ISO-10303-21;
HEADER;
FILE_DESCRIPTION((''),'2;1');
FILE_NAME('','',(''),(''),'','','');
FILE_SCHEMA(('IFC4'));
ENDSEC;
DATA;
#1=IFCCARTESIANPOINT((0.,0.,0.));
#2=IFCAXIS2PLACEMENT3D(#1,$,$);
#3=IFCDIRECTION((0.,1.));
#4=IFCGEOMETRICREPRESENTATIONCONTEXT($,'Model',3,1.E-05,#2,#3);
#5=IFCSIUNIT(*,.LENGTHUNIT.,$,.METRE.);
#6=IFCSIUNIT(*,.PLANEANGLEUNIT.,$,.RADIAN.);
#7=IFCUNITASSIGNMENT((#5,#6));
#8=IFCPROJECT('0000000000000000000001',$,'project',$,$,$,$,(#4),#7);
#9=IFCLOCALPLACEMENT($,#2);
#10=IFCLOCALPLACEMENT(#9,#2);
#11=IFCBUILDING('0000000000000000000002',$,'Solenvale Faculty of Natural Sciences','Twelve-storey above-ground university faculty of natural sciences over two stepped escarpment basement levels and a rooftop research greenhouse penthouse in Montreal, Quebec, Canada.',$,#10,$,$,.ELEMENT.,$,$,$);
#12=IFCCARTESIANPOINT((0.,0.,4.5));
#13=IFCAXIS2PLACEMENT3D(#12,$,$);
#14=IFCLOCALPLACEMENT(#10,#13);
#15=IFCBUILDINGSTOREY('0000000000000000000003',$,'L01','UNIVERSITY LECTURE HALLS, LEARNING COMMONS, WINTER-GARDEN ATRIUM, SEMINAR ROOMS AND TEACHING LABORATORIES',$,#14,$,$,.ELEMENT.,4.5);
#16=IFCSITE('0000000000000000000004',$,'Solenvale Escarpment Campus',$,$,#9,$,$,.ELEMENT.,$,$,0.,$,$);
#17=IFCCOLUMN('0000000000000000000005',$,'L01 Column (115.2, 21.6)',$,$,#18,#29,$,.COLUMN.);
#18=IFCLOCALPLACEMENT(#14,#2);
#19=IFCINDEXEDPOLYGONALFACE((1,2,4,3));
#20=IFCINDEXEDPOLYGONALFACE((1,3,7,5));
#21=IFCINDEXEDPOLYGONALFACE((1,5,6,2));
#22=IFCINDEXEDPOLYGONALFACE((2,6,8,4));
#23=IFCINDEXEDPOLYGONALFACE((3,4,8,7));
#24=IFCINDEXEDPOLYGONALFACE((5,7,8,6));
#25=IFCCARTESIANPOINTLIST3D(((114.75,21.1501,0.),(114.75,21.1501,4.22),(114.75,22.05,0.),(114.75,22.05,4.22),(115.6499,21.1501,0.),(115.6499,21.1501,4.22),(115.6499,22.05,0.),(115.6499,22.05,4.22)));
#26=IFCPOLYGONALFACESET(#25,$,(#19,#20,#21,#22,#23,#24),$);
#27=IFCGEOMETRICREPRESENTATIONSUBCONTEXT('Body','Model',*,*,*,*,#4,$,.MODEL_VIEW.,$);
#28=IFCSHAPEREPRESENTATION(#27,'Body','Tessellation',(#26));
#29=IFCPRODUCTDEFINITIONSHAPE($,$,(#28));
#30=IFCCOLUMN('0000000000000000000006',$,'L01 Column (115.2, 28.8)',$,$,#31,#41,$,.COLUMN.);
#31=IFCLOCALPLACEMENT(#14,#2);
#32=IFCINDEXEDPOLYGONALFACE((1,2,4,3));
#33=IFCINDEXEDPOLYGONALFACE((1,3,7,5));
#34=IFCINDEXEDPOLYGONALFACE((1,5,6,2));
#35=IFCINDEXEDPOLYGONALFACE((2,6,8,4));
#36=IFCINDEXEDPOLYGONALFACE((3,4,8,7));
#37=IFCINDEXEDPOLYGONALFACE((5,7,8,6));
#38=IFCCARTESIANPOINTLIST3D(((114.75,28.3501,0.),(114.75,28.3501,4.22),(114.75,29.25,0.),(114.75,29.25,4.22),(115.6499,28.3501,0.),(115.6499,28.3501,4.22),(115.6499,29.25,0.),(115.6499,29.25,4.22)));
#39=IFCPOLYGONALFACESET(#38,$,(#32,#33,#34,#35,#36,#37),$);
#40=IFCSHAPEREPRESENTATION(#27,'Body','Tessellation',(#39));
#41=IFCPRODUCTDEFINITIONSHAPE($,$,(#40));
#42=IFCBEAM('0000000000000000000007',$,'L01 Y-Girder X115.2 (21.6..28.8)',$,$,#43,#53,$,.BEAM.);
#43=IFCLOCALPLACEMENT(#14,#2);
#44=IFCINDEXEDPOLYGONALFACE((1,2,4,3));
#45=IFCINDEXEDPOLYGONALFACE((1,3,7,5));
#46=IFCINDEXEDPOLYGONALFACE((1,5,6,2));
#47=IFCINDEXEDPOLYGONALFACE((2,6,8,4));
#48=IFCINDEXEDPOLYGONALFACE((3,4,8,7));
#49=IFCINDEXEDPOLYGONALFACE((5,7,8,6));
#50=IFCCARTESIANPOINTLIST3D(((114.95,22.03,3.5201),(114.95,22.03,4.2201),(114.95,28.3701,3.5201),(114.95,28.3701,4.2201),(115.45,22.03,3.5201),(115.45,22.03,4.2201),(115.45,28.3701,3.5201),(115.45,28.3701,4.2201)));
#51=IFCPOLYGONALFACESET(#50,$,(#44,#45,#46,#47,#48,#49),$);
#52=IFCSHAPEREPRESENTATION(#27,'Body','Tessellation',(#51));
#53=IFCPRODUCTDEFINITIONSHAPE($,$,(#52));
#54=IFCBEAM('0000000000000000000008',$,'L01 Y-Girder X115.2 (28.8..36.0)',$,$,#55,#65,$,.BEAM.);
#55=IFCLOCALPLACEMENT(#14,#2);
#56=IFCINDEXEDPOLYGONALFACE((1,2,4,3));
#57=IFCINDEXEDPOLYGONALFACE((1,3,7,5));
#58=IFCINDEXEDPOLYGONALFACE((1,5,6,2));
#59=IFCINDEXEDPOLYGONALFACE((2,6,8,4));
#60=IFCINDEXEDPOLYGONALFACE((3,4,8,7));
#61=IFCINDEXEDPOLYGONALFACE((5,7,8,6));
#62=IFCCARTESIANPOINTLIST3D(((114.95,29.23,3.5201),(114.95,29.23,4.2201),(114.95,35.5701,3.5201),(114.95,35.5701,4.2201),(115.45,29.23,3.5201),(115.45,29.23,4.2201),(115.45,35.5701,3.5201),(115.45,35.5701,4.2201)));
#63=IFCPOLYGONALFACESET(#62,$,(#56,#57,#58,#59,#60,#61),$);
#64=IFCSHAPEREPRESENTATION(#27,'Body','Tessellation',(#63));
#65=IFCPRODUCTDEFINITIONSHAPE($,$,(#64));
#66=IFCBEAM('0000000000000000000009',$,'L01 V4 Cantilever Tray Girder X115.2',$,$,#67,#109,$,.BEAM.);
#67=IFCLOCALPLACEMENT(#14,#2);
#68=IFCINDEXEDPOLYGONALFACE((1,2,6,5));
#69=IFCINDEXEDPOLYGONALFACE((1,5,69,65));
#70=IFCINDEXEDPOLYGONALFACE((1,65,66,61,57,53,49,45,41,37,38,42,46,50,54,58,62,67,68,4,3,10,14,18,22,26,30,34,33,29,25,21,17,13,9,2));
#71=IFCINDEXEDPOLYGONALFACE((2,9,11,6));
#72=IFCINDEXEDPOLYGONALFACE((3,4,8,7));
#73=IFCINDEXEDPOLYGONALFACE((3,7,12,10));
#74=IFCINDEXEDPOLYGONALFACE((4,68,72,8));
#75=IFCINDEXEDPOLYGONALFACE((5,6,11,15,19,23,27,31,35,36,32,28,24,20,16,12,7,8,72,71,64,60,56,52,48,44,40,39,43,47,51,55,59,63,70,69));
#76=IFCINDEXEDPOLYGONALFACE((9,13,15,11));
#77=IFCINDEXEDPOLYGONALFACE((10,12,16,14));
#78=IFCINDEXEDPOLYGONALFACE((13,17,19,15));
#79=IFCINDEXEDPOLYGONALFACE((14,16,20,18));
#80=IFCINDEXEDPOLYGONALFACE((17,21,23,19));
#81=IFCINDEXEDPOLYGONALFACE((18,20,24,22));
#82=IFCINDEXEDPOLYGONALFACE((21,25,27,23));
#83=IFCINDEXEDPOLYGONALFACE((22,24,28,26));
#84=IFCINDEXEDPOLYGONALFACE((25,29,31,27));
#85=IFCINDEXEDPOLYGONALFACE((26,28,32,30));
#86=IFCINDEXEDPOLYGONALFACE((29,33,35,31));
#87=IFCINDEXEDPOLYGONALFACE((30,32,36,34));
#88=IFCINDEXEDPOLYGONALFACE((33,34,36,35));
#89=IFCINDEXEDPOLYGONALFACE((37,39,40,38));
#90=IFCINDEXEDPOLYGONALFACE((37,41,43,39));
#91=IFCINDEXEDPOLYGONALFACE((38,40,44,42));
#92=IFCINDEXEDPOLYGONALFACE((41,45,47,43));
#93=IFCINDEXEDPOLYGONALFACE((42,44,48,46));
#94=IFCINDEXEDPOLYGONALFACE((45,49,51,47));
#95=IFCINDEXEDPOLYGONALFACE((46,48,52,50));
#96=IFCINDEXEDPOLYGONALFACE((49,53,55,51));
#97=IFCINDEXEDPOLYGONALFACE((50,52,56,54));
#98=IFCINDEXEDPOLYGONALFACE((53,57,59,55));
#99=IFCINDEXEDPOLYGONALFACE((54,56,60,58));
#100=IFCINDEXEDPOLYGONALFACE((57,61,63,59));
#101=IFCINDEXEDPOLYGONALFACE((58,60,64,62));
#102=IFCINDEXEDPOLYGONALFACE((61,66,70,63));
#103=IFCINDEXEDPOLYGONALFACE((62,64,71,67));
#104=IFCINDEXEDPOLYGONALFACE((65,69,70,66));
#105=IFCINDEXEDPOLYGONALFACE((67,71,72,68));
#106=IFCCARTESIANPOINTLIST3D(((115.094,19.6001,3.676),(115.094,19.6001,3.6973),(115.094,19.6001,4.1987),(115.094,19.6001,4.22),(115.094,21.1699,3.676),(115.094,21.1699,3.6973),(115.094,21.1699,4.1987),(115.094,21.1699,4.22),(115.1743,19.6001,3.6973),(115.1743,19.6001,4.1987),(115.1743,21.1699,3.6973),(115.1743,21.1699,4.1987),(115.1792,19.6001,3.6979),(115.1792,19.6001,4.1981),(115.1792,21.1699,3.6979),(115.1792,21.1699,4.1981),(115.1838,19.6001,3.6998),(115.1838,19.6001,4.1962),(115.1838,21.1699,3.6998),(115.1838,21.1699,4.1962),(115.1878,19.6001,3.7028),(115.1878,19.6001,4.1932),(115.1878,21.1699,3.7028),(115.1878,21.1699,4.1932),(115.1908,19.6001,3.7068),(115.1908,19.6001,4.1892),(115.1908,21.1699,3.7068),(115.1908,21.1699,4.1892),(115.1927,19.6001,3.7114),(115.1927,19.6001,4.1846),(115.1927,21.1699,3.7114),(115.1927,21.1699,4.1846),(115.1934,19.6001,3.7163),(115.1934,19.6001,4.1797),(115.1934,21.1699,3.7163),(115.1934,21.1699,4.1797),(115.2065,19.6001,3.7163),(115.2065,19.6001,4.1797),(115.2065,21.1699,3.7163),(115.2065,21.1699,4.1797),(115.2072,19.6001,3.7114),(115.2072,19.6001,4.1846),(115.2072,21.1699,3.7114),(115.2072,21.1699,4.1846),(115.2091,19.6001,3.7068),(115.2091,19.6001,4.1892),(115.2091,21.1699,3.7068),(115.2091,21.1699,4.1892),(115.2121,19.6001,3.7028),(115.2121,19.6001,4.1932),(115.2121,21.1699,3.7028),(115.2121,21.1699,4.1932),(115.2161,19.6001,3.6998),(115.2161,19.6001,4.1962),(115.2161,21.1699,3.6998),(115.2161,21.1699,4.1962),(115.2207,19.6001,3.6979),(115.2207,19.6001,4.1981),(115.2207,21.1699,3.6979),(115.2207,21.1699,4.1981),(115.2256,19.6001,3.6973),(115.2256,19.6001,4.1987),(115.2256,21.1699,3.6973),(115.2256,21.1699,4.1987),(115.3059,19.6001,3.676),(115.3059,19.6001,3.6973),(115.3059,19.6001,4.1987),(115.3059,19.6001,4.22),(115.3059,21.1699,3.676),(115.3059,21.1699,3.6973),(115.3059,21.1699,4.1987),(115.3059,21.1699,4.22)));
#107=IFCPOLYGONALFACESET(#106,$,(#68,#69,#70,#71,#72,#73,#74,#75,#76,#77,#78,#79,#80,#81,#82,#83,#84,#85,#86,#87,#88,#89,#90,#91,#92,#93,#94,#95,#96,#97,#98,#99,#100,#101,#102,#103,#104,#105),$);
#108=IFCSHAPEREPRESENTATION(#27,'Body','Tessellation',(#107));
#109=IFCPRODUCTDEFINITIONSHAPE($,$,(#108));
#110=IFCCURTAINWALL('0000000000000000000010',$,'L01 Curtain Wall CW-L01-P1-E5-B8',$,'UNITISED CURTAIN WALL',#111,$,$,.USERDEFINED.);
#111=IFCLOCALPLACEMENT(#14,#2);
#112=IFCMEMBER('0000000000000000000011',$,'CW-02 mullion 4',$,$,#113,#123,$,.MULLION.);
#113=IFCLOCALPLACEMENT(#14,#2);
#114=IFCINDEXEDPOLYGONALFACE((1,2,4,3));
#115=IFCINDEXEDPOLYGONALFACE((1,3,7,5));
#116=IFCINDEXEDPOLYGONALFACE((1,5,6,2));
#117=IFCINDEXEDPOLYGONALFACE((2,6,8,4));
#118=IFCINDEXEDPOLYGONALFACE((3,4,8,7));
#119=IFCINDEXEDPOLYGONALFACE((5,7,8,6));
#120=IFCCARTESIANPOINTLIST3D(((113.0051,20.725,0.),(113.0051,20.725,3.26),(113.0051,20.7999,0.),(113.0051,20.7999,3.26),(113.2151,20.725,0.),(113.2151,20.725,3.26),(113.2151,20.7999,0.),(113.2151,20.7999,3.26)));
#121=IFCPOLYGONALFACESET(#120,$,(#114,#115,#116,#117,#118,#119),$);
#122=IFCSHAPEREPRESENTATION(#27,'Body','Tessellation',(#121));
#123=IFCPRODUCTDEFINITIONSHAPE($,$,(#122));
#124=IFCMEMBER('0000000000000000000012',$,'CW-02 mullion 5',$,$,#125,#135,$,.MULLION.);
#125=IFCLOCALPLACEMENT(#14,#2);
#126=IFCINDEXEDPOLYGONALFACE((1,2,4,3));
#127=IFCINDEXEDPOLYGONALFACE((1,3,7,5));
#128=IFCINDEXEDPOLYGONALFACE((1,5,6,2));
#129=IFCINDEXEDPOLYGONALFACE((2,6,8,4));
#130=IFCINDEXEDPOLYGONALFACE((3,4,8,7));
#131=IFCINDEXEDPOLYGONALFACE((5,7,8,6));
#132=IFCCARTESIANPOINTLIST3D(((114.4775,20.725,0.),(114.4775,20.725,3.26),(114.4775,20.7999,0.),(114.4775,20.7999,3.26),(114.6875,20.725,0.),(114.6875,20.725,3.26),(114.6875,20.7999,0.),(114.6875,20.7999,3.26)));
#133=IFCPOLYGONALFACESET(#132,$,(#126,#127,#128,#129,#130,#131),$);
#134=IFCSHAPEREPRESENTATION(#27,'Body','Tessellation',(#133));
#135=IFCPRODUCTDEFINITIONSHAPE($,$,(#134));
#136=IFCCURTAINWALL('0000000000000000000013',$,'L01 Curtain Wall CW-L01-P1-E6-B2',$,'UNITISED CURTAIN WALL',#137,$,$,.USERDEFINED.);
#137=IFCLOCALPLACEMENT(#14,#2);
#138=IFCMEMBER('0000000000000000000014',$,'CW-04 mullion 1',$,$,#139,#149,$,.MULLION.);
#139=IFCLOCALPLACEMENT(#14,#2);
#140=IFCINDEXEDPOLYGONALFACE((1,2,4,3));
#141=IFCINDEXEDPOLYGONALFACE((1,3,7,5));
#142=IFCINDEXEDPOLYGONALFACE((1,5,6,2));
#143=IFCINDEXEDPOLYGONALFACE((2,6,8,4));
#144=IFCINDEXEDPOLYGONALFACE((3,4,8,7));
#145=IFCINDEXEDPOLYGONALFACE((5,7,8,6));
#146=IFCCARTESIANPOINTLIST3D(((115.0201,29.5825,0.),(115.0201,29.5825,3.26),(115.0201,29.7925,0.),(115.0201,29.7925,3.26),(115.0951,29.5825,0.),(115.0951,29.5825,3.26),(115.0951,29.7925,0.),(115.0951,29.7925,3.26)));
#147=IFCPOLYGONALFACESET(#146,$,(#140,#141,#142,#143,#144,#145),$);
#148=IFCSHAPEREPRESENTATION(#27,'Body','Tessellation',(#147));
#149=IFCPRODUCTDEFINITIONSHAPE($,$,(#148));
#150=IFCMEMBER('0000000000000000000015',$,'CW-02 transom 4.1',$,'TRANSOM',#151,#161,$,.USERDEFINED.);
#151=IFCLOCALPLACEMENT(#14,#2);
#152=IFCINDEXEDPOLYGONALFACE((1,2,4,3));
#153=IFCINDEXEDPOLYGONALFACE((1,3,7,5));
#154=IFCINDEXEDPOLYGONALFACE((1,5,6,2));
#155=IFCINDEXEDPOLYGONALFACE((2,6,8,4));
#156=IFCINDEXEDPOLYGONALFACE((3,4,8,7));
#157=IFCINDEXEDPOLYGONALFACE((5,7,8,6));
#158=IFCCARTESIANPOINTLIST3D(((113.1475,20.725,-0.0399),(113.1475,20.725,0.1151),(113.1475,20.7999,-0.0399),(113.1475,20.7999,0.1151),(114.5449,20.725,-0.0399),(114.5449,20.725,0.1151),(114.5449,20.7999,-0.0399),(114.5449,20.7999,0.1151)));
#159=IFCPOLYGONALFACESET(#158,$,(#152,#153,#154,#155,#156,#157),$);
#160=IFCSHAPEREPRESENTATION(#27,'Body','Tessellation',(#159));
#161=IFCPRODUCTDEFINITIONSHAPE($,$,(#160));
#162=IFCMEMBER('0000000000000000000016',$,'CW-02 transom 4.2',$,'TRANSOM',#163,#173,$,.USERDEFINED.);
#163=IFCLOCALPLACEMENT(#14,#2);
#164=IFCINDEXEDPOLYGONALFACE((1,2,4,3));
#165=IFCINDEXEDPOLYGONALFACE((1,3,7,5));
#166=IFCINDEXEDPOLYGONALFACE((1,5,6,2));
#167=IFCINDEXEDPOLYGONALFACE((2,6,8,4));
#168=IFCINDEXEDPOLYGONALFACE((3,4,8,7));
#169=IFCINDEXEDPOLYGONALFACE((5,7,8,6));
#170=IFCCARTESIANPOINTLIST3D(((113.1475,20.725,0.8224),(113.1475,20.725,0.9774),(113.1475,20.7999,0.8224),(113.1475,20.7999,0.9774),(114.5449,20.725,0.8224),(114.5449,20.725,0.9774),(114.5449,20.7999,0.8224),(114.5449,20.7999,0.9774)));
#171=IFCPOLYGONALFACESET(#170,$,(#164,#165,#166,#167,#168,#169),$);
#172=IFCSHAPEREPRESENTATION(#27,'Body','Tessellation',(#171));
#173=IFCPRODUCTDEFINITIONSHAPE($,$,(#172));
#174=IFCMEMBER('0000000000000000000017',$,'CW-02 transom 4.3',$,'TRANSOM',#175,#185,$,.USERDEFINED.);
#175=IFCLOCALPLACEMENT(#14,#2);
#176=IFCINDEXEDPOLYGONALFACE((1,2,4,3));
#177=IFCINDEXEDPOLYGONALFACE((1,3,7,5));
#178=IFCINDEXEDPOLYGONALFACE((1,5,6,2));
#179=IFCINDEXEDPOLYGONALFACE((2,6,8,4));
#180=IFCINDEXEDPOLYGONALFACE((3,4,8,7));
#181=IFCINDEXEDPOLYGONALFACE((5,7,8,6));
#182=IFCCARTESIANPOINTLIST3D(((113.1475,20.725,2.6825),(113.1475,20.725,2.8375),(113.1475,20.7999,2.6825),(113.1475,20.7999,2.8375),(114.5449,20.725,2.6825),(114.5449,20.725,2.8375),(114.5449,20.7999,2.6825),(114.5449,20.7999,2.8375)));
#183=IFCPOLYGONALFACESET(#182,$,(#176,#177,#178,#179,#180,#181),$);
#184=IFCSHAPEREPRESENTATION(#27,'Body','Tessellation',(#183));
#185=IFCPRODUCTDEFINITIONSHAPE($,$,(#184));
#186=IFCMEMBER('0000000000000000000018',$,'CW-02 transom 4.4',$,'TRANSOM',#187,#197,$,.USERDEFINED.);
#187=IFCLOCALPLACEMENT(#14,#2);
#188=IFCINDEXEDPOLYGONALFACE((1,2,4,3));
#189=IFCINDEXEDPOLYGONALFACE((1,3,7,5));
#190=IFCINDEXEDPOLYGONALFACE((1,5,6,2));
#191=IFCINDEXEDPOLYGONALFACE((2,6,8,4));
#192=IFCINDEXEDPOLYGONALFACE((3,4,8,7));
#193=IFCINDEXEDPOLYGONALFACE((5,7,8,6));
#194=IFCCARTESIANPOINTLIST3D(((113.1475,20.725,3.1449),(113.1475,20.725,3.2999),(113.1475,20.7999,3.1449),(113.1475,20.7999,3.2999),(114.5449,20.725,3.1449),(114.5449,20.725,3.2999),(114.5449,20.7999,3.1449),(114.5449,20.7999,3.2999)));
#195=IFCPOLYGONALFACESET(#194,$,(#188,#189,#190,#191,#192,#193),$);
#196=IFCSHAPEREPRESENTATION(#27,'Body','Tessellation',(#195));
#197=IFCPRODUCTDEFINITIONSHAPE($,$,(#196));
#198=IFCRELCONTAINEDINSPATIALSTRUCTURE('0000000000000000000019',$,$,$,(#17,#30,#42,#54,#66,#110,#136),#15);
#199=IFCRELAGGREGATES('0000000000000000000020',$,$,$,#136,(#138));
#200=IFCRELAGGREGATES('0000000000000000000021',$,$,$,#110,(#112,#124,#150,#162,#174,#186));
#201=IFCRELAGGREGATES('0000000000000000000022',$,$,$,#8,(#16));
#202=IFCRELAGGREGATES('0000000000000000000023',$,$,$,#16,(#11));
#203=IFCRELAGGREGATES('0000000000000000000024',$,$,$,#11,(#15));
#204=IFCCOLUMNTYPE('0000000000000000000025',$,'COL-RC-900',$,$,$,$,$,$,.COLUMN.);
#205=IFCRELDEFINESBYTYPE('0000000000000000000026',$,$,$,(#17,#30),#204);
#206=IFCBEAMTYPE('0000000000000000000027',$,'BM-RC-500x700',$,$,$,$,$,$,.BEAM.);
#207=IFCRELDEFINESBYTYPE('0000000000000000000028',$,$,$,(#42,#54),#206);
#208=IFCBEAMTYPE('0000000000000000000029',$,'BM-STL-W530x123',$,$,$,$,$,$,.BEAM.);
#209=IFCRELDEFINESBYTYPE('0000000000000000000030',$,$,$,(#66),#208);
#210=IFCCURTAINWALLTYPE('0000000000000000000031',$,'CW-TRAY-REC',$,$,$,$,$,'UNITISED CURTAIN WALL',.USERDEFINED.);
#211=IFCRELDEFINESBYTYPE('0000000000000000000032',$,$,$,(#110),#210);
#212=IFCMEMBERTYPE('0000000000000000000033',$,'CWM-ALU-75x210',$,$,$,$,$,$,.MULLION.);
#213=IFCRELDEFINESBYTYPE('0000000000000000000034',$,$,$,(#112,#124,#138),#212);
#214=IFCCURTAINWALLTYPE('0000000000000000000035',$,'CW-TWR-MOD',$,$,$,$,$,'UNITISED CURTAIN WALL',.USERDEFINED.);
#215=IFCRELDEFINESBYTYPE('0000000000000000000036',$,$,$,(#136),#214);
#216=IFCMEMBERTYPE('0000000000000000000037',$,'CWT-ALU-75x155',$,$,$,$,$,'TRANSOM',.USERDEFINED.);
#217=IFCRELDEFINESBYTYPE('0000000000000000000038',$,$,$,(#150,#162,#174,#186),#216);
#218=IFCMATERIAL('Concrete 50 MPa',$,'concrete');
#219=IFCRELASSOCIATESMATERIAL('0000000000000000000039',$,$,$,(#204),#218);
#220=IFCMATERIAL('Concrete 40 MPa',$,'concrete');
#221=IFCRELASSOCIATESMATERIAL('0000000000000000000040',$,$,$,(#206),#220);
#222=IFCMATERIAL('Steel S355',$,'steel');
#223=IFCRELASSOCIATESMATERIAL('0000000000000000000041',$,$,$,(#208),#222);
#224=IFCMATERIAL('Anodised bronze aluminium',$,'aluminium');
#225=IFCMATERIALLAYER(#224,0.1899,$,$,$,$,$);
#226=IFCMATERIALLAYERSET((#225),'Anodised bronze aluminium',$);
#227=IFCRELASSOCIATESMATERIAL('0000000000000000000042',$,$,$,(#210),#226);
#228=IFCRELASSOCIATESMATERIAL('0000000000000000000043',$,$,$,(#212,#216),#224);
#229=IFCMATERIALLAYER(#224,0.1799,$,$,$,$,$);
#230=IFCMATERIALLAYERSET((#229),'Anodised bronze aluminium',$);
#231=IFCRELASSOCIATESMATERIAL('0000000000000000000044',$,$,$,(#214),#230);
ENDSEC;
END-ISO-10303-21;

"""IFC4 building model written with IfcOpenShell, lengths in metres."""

from ifc_helpers import new_model, si_unit, direction, frame, origin, origin_2d, place, context, subcontext, project, spatial, rectangle, i_section, extrude, material, layer, layer_set, material_profile, profile_set, type_object, element, aggregate, save


model = new_model("IFC4")

# Units and contexts
model_context = context("Model", 3, precision=1e-05, world=origin(), true_north=direction((0.0, 1.0)))
body_context = subcontext(model_context, "Body", "Model", "MODEL_VIEW")
ifc_project = project(units=[si_unit("LENGTHUNIT", "METRE"), si_unit("PLANEANGLEUNIT", "RADIAN")], contexts=[model_context])

# Site, building, storey
site_placement = place(None, origin())
site = spatial("IfcSite", under=ifc_project, at=site_placement, Name="Solenvale Escarpment Campus", CompositionType="ELEMENT", RefElevation=0.0)
building_placement = place(site_placement, origin())
building = spatial("IfcBuilding", under=site, at=building_placement, Name="Solenvale Faculty of Natural Sciences", Description="Twelve-storey above-ground university faculty of natural sciences over two stepped escarpment basement levels and a rooftop research greenhouse penthouse in Montreal, Quebec, Canada.", CompositionType="ELEMENT")
storey_placement = place(building_placement, frame((0.0, 0.0, 4.5)))
storey = spatial("IfcBuildingStorey", under=building, at=storey_placement, Name="L01", Description="UNIVERSITY LECTURE HALLS, LEARNING COMMONS, WINTER-GARDEN ATRIUM, SEMINAR ROOMS AND TEACHING LABORATORIES", CompositionType="ELEMENT", Elevation=4.5)

# Columns
ifc_material_1 = material(Name="Concrete 50 MPa", Category="concrete")
ifc_material_profile_1 = material_profile(ifc_material_1, rectangle(XDim=0.8999, YDim=0.8999, at=origin_2d()), Name="RC-COL-900x900")
ifc_profile_set_1 = profile_set([ifc_material_profile_1], Name="Concrete 50 MPa")
column_type = type_object("IfcColumnType", Name="COL-RC-900", PredefinedType="COLUMN", material=ifc_profile_set_1)
for number, where, z_axis, x_axis, name in (
    (1, (115.2, 21.6001, 0.0), (0.0, 0.0, 1.0), (1.0, 0.0, 0.0), "L01 Column (115.2, 21.6)"),
    (2, (115.2, 28.8, 0.0), (0.0, 0.0, 1.0), (1.0, 0.0, 0.0), "L01 Column (115.2, 28.8)"),
):
    element("IfcColumn", number, at=place(storey_placement, frame(where, z_axis=z_axis, x_axis=x_axis)), inside=storey, type_object=column_type, Name=name, PredefinedType="COLUMN", context=body_context, shape_type="SweptSolid", body=[
        extrude(rectangle(XDim=0.8999, YDim=0.8999, at=origin_2d()), origin(), (0.0, 0.0, 1.0), 4.22),
    ])

# Beams
ifc_material_2 = material(Name="Concrete 40 MPa", Category="concrete")
ifc_material_profile_2 = material_profile(ifc_material_2, rectangle(XDim=0.5, YDim=0.7, at=origin_2d()), Name="RC-BM-500x700")
ifc_profile_set_2 = profile_set([ifc_material_profile_2], Name="Concrete 40 MPa")
beam_type_1 = type_object("IfcBeamType", Name="BM-RC-500x700", PredefinedType="BEAM", material=ifc_profile_set_2)
for number, where, z_axis, x_axis, name in (
    (3, (115.2, 22.03, 3.8701), (0.0, 1.0, 0.0), (-1.0, 0.0, 0.0), "L01 Y-Girder X115.2 (21.6..28.8)"),
    (4, (115.2, 29.23, 3.8701), (0.0, 1.0, 0.0), (-1.0, 0.0, 0.0), "L01 Y-Girder X115.2 (28.8..36.0)"),
):
    element("IfcBeam", number, at=place(storey_placement, frame(where, z_axis=z_axis, x_axis=x_axis)), inside=storey, type_object=beam_type_1, Name=name, PredefinedType="BEAM", context=body_context, shape_type="SweptSolid", body=[
        extrude(rectangle(XDim=0.5, YDim=0.7, at=origin_2d()), origin(), (0.0, 0.0, 1.0), 6.3401),
    ])
ifc_material_3 = material(Name="Steel S355", Category="steel")
ifc_material_profile_3 = material_profile(ifc_material_3, i_section(OverallWidth=0.2119, OverallDepth=0.5439, WebThickness=0.0132, FlangeThickness=0.0212, FilletRadius=0.019, at=origin_2d()), Name="W530x123")
ifc_profile_set_3 = profile_set([ifc_material_profile_3], Name="Steel S355")
beam_type_2 = type_object("IfcBeamType", Name="BM-STL-W530x123", PredefinedType="BEAM", material=ifc_profile_set_3)
beam_placement = place(storey_placement, frame((115.2, 21.1699, 3.948), z_axis=(0.0, -1.0, 0.0), x_axis=(1.0, 0.0, 0.0)))
element("IfcBeam", 5, at=beam_placement, inside=storey, type_object=beam_type_2, Name="L01 V4 Cantilever Tray Girder X115.2", PredefinedType="BEAM", context=body_context, shape_type="SweptSolid", body=[
    extrude(i_section(OverallWidth=0.2119, OverallDepth=0.5439, WebThickness=0.0132, FlangeThickness=0.0212, FilletRadius=0.019, at=origin_2d()), origin(), (0.0, 0.0, 1.0), 1.5698),
])

# Curtain wall, members
ifc_material_4 = material(Name="Anodised bronze aluminium", Category="aluminium")
ifc_layer_1 = layer(ifc_material_4, 0.1899)
ifc_layer_set_1 = layer_set([ifc_layer_1], Name="Anodised bronze aluminium")
curtain_wall_type_1 = type_object("IfcCurtainWallType", Name="CW-TRAY-REC", ElementType="UNITISED CURTAIN WALL", PredefinedType="USERDEFINED", material=ifc_layer_set_1)
curtain_wall_1_placement = place(storey_placement, origin())
curtain_wall_1 = element("IfcCurtainWall", 6, at=curtain_wall_1_placement, inside=storey, type_object=curtain_wall_type_1, Name="L01 Curtain Wall CW-L01-P1-E5-B8", ObjectType="UNITISED CURTAIN WALL", PredefinedType="USERDEFINED")
ifc_material_profile_4 = material_profile(ifc_material_4, rectangle(XDim=0.075, YDim=0.21, at=origin_2d()), Name="ALU-MUL-75x210")
ifc_profile_set_4 = profile_set([ifc_material_profile_4], Name="Anodised bronze aluminium")
member_type_1 = type_object("IfcMemberType", Name="CWM-ALU-75x210", PredefinedType="MULLION", material=ifc_profile_set_4)
member_1_placement = place(storey_placement, frame((113.1101, 20.7625, 0.0), z_axis=(0.0, 0.0, 1.0), x_axis=(0.0, 1.0, 0.0)))
member_1 = element("IfcMember", 7, at=member_1_placement, type_object=member_type_1, Name="CW-02 mullion 4", PredefinedType="MULLION", context=body_context, shape_type="SweptSolid", body=[
    extrude(rectangle(XDim=0.075, YDim=0.21, at=origin_2d()), origin(), (0.0, 0.0, 1.0), 3.26),
])
member_2_placement = place(storey_placement, frame((114.5825, 20.7625, 0.0), z_axis=(0.0, 0.0, 1.0), x_axis=(0.0, 1.0, 0.0)))
member_2 = element("IfcMember", 8, at=member_2_placement, type_object=member_type_1, Name="CW-02 mullion 5", PredefinedType="MULLION", context=body_context, shape_type="SweptSolid", body=[
    extrude(rectangle(XDim=0.075, YDim=0.21, at=origin_2d()), origin(), (0.0, 0.0, 1.0), 3.26),
])

# Curtain wall, member
ifc_layer_2 = layer(ifc_material_4, 0.1799)
ifc_layer_set_2 = layer_set([ifc_layer_2], Name="Anodised bronze aluminium")
curtain_wall_type_2 = type_object("IfcCurtainWallType", Name="CW-TWR-MOD", ElementType="UNITISED CURTAIN WALL", PredefinedType="USERDEFINED", material=ifc_layer_set_2)
curtain_wall_2_placement = place(storey_placement, origin())
curtain_wall_2 = element("IfcCurtainWall", 9, at=curtain_wall_2_placement, inside=storey, type_object=curtain_wall_type_2, Name="L01 Curtain Wall CW-L01-P1-E6-B2", ObjectType="UNITISED CURTAIN WALL", PredefinedType="USERDEFINED")
member_3_placement = place(storey_placement, frame((115.0576, 29.6875, 0.0), z_axis=(0.0, 0.0, 1.0), x_axis=(-1.0, 0.0, 0.0)))
member_3 = element("IfcMember", 10, at=member_3_placement, type_object=member_type_1, Name="CW-04 mullion 1", PredefinedType="MULLION", context=body_context, shape_type="SweptSolid", body=[
    extrude(rectangle(XDim=0.075, YDim=0.21, at=origin_2d()), origin(), (0.0, 0.0, 1.0), 3.26),
])

# Members
ifc_material_profile_5 = material_profile(ifc_material_4, rectangle(XDim=0.075, YDim=0.155, at=origin_2d()), Name="ALU-TRN-75x155")
ifc_profile_set_5 = profile_set([ifc_material_profile_5], Name="Anodised bronze aluminium")
member_type_2 = type_object("IfcMemberType", Name="CWT-ALU-75x155", ElementType="TRANSOM", PredefinedType="USERDEFINED", material=ifc_profile_set_5)
member_4_placement = place(storey_placement, frame((113.1475, 20.7625, 0.0376), z_axis=(1.0, 0.0, 0.0), x_axis=(0.0, 1.0, 0.0)))
member_4 = element("IfcMember", 11, at=member_4_placement, type_object=member_type_2, Name="CW-02 transom 4.1", ObjectType="TRANSOM", PredefinedType="USERDEFINED", context=body_context, shape_type="SweptSolid", body=[
    extrude(rectangle(XDim=0.075, YDim=0.155, at=origin_2d()), origin(), (0.0, 0.0, 1.0), 1.3975),
])
member_5_placement = place(storey_placement, frame((113.1475, 20.7625, 0.8999), z_axis=(1.0, 0.0, 0.0), x_axis=(0.0, 1.0, 0.0)))
member_5 = element("IfcMember", 12, at=member_5_placement, type_object=member_type_2, Name="CW-02 transom 4.2", ObjectType="TRANSOM", PredefinedType="USERDEFINED", context=body_context, shape_type="SweptSolid", body=[
    extrude(rectangle(XDim=0.075, YDim=0.155, at=origin_2d()), origin(), (0.0, 0.0, 1.0), 1.3975),
])
member_6_placement = place(storey_placement, frame((113.1475, 20.7625, 2.76), z_axis=(1.0, 0.0, 0.0), x_axis=(0.0, 1.0, 0.0)))
member_6 = element("IfcMember", 13, at=member_6_placement, type_object=member_type_2, Name="CW-02 transom 4.3", ObjectType="TRANSOM", PredefinedType="USERDEFINED", context=body_context, shape_type="SweptSolid", body=[
    extrude(rectangle(XDim=0.075, YDim=0.155, at=origin_2d()), origin(), (0.0, 0.0, 1.0), 1.3975),
])
member_7_placement = place(storey_placement, frame((113.1475, 20.7625, 3.2224), z_axis=(1.0, 0.0, 0.0), x_axis=(0.0, 1.0, 0.0)))
member_7 = element("IfcMember", 14, at=member_7_placement, type_object=member_type_2, Name="CW-02 transom 4.4", ObjectType="TRANSOM", PredefinedType="USERDEFINED", context=body_context, shape_type="SweptSolid", body=[
    extrude(rectangle(XDim=0.075, YDim=0.155, at=origin_2d()), origin(), (0.0, 0.0, 1.0), 1.3975),
])
aggregate(curtain_wall_2, [member_3])

aggregate(curtain_wall_1, [member_1, member_2, member_4, member_5, member_6, member_7])

save(model, "model.ifc")
